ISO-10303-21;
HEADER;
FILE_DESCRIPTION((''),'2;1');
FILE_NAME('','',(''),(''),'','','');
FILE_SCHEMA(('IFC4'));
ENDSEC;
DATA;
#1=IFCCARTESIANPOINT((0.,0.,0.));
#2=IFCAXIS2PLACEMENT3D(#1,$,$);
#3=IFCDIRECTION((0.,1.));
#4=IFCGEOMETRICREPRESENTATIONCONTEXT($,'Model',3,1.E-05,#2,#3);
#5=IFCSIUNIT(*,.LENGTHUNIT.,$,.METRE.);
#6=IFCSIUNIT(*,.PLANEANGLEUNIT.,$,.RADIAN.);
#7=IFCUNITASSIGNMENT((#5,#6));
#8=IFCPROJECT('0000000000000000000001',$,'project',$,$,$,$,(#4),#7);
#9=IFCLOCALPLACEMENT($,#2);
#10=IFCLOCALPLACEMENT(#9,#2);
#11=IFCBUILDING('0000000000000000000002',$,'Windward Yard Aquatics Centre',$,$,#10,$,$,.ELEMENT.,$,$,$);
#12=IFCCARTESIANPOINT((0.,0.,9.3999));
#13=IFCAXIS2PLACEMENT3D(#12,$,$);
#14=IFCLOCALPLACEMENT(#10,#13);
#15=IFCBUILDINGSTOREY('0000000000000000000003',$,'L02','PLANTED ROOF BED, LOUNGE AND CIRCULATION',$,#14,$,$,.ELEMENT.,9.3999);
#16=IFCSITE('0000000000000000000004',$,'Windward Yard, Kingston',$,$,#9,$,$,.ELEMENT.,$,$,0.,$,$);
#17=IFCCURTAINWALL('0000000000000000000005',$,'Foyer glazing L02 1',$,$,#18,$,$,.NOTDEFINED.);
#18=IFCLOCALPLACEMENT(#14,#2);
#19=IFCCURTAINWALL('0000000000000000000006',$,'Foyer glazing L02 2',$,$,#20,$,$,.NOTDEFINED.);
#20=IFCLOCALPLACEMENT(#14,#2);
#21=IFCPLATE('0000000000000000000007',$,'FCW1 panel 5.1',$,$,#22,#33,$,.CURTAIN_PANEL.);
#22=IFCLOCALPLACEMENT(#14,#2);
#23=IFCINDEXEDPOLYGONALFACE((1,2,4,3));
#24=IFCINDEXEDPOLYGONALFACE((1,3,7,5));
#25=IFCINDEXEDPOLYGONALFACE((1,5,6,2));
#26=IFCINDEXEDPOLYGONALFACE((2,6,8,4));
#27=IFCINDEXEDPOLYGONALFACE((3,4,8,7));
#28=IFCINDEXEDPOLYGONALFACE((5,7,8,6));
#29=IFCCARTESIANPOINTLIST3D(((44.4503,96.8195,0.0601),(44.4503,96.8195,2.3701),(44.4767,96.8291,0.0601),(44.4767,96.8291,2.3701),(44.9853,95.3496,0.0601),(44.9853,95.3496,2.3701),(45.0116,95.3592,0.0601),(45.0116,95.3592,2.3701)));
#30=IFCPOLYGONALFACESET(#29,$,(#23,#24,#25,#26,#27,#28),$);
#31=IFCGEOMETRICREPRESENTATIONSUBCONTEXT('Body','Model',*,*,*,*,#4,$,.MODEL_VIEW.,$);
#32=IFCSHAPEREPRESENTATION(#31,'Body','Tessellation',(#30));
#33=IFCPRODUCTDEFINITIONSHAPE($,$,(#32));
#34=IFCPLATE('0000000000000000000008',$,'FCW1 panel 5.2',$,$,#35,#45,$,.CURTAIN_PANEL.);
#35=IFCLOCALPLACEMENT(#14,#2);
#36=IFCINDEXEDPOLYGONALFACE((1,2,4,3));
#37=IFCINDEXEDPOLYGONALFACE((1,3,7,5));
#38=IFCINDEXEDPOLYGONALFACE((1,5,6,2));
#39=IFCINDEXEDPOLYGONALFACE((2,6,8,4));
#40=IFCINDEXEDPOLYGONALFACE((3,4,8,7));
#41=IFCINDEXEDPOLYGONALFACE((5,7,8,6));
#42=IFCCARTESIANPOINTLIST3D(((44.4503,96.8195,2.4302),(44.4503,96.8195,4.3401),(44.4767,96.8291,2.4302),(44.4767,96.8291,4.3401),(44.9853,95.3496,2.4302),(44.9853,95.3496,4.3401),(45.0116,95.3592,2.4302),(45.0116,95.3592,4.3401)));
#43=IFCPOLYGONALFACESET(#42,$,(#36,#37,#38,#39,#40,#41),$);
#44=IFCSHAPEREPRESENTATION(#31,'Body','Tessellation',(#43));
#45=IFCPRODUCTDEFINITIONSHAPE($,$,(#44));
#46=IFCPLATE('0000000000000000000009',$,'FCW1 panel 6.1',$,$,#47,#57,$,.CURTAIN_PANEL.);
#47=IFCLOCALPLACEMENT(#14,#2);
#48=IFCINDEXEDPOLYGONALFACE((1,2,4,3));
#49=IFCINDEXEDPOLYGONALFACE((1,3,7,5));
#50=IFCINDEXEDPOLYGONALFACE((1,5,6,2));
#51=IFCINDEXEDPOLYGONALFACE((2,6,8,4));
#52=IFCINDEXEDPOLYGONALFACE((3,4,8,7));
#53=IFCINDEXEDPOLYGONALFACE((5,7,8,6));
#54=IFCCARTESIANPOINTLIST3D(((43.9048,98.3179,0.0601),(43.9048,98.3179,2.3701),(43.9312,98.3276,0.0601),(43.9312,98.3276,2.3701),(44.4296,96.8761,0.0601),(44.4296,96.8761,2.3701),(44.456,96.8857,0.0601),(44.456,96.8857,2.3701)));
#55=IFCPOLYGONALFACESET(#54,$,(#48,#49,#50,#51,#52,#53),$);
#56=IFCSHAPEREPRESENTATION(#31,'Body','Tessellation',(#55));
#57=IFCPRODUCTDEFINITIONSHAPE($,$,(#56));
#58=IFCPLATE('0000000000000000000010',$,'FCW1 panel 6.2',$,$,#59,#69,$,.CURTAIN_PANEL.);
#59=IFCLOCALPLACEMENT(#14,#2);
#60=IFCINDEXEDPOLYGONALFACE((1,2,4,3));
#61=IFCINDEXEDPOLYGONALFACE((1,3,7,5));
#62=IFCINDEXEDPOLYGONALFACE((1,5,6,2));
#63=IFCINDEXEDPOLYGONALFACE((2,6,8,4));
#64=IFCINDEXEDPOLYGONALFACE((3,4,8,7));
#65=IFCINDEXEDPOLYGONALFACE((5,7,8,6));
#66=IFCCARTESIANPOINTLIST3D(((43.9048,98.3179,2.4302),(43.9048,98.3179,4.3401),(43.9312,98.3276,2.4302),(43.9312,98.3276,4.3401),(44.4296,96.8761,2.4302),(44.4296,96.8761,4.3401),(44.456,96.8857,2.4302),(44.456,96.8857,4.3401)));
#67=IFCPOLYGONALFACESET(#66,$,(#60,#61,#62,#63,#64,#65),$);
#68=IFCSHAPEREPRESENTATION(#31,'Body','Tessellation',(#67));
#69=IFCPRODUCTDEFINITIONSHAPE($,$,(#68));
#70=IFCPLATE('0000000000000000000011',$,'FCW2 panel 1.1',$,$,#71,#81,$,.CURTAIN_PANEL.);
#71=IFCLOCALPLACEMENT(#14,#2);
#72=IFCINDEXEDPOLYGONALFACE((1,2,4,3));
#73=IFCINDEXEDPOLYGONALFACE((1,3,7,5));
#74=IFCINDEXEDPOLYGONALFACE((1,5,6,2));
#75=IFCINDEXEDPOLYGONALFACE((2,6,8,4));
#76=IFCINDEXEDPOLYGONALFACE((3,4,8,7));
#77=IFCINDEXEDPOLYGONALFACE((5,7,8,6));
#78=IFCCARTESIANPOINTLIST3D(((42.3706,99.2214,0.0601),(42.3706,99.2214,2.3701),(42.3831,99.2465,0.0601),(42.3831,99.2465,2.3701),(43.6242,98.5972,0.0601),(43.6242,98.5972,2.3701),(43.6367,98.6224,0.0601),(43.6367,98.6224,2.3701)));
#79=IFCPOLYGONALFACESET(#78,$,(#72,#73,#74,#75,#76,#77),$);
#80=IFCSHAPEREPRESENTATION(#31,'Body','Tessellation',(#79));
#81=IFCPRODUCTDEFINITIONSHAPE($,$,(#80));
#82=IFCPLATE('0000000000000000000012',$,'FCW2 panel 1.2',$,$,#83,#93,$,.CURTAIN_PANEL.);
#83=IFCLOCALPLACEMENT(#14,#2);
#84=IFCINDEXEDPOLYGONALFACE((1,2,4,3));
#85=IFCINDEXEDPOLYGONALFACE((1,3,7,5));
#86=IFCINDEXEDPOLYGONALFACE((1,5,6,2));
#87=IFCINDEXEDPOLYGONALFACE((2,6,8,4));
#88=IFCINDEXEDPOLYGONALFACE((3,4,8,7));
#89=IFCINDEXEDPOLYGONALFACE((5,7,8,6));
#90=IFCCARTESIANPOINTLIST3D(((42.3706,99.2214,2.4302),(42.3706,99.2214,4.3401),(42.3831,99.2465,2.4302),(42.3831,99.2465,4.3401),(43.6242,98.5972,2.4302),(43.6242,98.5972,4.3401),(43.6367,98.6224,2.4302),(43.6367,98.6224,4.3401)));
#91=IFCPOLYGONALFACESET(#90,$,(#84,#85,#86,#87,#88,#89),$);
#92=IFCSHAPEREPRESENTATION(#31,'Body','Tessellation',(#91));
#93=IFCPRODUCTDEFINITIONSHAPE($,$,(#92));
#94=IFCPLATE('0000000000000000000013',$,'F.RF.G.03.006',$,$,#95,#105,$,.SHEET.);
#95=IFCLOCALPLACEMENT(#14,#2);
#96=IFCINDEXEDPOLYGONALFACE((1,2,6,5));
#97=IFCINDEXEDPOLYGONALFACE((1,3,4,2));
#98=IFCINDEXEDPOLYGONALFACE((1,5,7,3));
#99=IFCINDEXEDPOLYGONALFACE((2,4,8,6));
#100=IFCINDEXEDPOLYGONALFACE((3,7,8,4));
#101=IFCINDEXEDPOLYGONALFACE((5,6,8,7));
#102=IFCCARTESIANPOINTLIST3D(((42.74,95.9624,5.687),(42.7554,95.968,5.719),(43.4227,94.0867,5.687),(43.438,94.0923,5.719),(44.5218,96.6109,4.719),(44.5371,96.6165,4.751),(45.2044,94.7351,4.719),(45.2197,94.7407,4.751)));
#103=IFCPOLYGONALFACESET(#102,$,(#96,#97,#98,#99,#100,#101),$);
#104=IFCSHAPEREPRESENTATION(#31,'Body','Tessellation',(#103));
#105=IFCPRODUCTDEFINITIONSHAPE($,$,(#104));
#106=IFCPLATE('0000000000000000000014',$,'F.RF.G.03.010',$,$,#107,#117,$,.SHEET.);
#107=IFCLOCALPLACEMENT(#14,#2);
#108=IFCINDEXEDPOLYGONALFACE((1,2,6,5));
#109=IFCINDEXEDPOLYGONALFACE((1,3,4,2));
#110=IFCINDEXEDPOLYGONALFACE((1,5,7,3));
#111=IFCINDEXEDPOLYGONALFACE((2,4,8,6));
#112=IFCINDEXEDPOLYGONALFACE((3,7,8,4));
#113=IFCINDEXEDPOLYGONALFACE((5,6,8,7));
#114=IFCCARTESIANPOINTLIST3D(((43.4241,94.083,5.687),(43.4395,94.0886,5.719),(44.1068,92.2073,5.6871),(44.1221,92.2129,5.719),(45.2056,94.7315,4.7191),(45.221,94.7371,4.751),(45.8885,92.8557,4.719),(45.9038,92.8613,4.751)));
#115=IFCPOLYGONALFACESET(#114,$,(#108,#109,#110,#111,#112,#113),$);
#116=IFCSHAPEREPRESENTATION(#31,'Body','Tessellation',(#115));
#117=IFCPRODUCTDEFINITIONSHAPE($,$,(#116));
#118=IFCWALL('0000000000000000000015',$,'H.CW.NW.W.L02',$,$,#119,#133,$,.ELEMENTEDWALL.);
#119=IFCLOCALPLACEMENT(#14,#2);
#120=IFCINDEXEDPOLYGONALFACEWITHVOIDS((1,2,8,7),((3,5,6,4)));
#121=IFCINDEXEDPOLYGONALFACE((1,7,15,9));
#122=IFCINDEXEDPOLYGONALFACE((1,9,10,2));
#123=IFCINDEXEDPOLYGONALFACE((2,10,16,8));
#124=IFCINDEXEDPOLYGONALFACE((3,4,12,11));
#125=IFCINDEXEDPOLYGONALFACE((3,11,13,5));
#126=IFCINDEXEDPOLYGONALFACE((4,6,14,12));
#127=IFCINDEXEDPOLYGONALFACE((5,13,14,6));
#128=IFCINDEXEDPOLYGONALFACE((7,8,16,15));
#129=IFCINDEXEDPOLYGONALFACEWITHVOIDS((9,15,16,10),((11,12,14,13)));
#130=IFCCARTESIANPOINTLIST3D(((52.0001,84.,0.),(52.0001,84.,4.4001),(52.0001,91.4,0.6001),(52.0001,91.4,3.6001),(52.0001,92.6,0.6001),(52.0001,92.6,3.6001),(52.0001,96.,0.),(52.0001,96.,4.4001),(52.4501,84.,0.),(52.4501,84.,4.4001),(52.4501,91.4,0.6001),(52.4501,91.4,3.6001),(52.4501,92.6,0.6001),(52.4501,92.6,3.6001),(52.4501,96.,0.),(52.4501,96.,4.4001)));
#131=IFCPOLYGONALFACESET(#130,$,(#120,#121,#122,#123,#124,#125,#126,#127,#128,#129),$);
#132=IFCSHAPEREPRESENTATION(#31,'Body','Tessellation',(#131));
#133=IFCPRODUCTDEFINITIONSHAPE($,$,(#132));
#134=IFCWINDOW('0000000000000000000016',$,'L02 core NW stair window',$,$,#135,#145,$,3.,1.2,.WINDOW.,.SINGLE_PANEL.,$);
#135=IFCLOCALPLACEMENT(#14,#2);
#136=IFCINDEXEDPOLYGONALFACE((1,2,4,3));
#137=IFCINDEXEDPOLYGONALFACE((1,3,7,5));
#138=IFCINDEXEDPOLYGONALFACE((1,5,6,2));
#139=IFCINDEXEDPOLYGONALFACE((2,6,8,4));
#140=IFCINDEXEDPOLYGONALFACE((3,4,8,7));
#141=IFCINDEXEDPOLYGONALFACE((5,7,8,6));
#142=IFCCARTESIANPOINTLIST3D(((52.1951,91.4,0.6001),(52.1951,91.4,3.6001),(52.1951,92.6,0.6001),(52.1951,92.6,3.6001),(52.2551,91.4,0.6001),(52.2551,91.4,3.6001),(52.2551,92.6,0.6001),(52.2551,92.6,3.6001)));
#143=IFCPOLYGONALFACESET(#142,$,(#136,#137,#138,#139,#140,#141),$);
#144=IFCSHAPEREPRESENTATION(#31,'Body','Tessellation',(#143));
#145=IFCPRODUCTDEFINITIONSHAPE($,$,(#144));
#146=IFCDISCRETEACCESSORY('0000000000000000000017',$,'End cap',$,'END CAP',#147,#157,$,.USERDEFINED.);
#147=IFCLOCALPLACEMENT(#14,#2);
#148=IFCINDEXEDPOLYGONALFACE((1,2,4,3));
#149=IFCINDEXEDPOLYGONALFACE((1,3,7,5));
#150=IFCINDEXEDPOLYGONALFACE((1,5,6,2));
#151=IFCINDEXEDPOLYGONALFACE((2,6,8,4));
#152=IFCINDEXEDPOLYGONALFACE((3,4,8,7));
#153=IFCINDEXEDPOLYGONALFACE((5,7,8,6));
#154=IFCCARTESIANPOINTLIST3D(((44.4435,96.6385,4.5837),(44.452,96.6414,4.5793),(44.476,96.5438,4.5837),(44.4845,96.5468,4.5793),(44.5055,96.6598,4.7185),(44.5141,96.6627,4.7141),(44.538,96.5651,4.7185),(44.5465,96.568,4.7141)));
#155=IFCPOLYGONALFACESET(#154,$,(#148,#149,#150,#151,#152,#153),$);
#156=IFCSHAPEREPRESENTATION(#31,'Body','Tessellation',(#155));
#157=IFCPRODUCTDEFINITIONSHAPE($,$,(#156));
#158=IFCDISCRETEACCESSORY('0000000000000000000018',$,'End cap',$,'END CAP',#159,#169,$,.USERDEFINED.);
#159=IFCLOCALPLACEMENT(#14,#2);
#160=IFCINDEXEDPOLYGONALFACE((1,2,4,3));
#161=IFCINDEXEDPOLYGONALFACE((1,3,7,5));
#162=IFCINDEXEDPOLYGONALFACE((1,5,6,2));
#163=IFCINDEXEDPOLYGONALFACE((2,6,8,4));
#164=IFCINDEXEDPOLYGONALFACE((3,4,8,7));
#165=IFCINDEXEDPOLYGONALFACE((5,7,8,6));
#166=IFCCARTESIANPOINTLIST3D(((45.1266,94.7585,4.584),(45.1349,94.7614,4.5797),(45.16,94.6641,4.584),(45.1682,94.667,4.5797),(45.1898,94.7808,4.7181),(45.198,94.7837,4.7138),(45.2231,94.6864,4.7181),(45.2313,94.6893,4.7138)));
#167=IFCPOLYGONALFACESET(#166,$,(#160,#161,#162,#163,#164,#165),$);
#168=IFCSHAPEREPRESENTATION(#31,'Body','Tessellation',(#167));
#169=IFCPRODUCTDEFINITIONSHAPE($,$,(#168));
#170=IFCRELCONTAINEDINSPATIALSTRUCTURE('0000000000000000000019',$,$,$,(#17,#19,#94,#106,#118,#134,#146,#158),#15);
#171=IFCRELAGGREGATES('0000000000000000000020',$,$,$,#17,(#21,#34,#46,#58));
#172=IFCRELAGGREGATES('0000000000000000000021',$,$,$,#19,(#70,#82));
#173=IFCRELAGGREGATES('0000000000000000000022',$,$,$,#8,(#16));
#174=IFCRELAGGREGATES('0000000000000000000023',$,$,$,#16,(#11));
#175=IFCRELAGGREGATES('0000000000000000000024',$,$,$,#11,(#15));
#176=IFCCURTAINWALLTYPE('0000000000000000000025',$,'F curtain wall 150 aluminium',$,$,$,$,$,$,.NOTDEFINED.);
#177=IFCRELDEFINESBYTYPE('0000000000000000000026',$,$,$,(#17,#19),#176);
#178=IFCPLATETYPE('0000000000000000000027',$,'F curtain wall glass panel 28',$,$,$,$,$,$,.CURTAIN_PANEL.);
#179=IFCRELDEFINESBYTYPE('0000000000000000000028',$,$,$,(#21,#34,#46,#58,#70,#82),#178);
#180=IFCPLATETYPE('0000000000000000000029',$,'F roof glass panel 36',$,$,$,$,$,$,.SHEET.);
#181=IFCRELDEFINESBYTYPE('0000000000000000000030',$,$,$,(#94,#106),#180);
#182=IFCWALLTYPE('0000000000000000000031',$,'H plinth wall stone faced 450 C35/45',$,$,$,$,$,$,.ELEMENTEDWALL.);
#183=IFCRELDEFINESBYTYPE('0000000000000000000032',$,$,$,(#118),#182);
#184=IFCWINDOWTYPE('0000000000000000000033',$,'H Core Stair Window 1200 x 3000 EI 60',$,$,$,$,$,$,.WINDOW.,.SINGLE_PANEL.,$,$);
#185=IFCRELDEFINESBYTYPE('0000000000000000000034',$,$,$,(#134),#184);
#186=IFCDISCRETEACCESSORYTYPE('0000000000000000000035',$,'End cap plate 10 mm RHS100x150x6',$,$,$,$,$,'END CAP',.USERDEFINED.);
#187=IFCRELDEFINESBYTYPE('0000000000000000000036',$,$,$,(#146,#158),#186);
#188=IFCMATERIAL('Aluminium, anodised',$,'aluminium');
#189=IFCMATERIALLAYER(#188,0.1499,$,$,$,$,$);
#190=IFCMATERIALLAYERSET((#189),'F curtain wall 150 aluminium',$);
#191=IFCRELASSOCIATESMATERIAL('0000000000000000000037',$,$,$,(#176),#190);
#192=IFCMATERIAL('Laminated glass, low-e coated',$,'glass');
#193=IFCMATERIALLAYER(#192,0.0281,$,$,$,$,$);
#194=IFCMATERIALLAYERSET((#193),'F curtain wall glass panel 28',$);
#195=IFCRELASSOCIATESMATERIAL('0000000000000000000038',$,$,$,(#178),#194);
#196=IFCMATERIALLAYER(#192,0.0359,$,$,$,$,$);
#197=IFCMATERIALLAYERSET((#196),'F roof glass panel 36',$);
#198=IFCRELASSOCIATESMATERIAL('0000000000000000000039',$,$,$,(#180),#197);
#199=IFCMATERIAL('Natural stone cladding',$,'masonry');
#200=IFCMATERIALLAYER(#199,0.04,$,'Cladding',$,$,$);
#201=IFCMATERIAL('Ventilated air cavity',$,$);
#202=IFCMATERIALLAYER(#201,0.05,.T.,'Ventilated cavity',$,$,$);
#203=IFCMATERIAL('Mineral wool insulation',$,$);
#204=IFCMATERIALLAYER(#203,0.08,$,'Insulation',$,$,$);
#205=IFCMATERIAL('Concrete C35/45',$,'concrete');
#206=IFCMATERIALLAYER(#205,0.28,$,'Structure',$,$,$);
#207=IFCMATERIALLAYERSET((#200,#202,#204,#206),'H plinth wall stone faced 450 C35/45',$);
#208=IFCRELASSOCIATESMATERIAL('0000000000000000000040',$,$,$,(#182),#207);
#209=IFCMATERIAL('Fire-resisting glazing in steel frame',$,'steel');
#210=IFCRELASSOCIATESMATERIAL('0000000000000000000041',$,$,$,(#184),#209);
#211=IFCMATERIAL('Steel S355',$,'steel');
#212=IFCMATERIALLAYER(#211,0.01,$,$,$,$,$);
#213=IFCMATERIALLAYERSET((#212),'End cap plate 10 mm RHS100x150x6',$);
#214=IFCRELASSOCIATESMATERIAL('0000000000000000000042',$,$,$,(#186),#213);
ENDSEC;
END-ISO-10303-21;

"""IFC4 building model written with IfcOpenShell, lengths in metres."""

from ifc_helpers import new_model, si_unit, direction, frame, frame_2d, origin, origin_2d, place, context, subcontext, project, spatial, polyline, rectangle, outline, extrude, material, layer, layer_set, type_object, element, fill, aggregate, save


model = new_model("IFC4")

# Units and contexts
model_context = context("Model", 3, precision=1e-05, world=origin(), true_north=direction((0.0, 1.0)))
body_context = subcontext(model_context, "Body", "Model", "MODEL_VIEW")
ifc_project = project(units=[si_unit("LENGTHUNIT", "METRE"), si_unit("PLANEANGLEUNIT", "RADIAN")], contexts=[model_context])

# Site, building, storey
site_placement = place(None, origin())
site = spatial("IfcSite", under=ifc_project, at=site_placement, Name="Windward Yard, Kingston", CompositionType="ELEMENT", RefElevation=0.0)
building_placement = place(site_placement, origin())
building = spatial("IfcBuilding", under=site, at=building_placement, Name="Windward Yard Aquatics Centre", CompositionType="ELEMENT")
storey_placement = place(building_placement, frame((0.0, 0.0, 9.3999)))
storey = spatial("IfcBuildingStorey", under=building, at=storey_placement, Name="L02", Description="PLANTED ROOF BED, LOUNGE AND CIRCULATION", CompositionType="ELEMENT", Elevation=9.3999)

# Shared definitions
ifc_material_1 = material(Name="Steel S355", Category="steel")

# Curtain walls
ifc_material_2 = material(Name="Aluminium, anodised", Category="aluminium")
ifc_layer_1 = layer(ifc_material_2, 0.1499)
ifc_layer_set_1 = layer_set([ifc_layer_1], Name="F curtain wall 150 aluminium")
curtain_wall_type = type_object("IfcCurtainWallType", Name="F curtain wall 150 aluminium", PredefinedType="NOTDEFINED", material=ifc_layer_set_1)
curtain_wall_1_placement = place(storey_placement, origin())
curtain_wall_1 = element("IfcCurtainWall", 1, at=curtain_wall_1_placement, inside=storey, type_object=curtain_wall_type, Name="Foyer glazing L02 1", PredefinedType="NOTDEFINED")
curtain_wall_2_placement = place(storey_placement, origin())
curtain_wall_2 = element("IfcCurtainWall", 2, at=curtain_wall_2_placement, inside=storey, type_object=curtain_wall_type, Name="Foyer glazing L02 2", PredefinedType="NOTDEFINED")

# Plates
ifc_material_3 = material(Name="Laminated glass, low-e coated", Category="glass")
ifc_layer_2 = layer(ifc_material_3, 0.0281)
ifc_layer_set_2 = layer_set([ifc_layer_2], Name="F curtain wall glass panel 28")
plate_type_1 = type_object("IfcPlateType", Name="F curtain wall glass panel 28", PredefinedType="CURTAIN_PANEL", material=ifc_layer_set_2)
plate_1_placement = place(storey_placement, frame((44.731, 96.0894, 0.0601), z_axis=(0.0, 0.0, 1.0), x_axis=(-0.342019, 0.939693, 0.0)))
plate_1 = element("IfcPlate", 3, at=plate_1_placement, type_object=plate_type_1, Name="FCW1 panel 5.1", PredefinedType="CURTAIN_PANEL", context=body_context, shape_type="SweptSolid", body=[
    extrude(rectangle(XDim=1.5642, YDim=0.0281, at=origin_2d()), origin(), (0.0, 0.0, 1.0), 2.3101),
])
plate_2_placement = place(storey_placement, frame((44.731, 96.0894, 2.4302), z_axis=(0.0, 0.0, 1.0), x_axis=(-0.342019, 0.939693, 0.0)))
plate_2 = element("IfcPlate", 4, at=plate_2_placement, type_object=plate_type_1, Name="FCW1 panel 5.2", PredefinedType="CURTAIN_PANEL", context=body_context, shape_type="SweptSolid", body=[
    extrude(rectangle(XDim=1.5642, YDim=0.0281, at=origin_2d()), origin(), (0.0, 0.0, 1.0), 1.9099),
])
plate_3_placement = place(storey_placement, frame((44.1804, 97.6018, 0.0601), z_axis=(0.0, 0.0, 1.0), x_axis=(-0.342019, 0.939693, 0.0)))
plate_3 = element("IfcPlate", 5, at=plate_3_placement, type_object=plate_type_1, Name="FCW1 panel 6.1", PredefinedType="CURTAIN_PANEL", context=body_context, shape_type="SweptSolid", body=[
    extrude(rectangle(XDim=1.5344, YDim=0.0281, at=origin_2d()), origin(), (0.0, 0.0, 1.0), 2.3101),
])
plate_4_placement = place(storey_placement, frame((44.1804, 97.6018, 2.4302), z_axis=(0.0, 0.0, 1.0), x_axis=(-0.342019, 0.939693, 0.0)))
plate_4 = element("IfcPlate", 6, at=plate_4_placement, type_object=plate_type_1, Name="FCW1 panel 6.2", PredefinedType="CURTAIN_PANEL", context=body_context, shape_type="SweptSolid", body=[
    extrude(rectangle(XDim=1.5344, YDim=0.0281, at=origin_2d()), origin(), (0.0, 0.0, 1.0), 1.9099),
])
aggregate(curtain_wall_1, [plate_1, plate_2, plate_3, plate_4])
plate_5_placement = place(storey_placement, frame((43.0037, 98.9219, 0.0601), z_axis=(0.0, 0.0, 1.0), x_axis=(-0.895179, 0.445707, 0.0)))
plate_5 = element("IfcPlate", 7, at=plate_5_placement, type_object=plate_type_1, Name="FCW2 panel 1.1", PredefinedType="CURTAIN_PANEL", context=body_context, shape_type="SweptSolid", body=[
    extrude(rectangle(XDim=1.4004, YDim=0.0281, at=origin_2d()), origin(), (0.0, 0.0, 1.0), 2.3101),
])
plate_6_placement = place(storey_placement, frame((43.0037, 98.9219, 2.4302), z_axis=(0.0, 0.0, 1.0), x_axis=(-0.895179, 0.445707, 0.0)))
plate_6 = element("IfcPlate", 8, at=plate_6_placement, type_object=plate_type_1, Name="FCW2 panel 1.2", PredefinedType="CURTAIN_PANEL", context=body_context, shape_type="SweptSolid", body=[
    extrude(rectangle(XDim=1.4004, YDim=0.0281, at=origin_2d()), origin(), (0.0, 0.0, 1.0), 1.9099),
])
aggregate(curtain_wall_2, [plate_5, plate_6])

# Plates
ifc_layer_3 = layer(ifc_material_3, 0.0359)
ifc_layer_set_3 = layer_set([ifc_layer_3], Name="F roof glass panel 36")
plate_type_2 = type_object("IfcPlateType", Name="F roof glass panel 36", PredefinedType="SHEET", material=ifc_layer_set_3)
plate_7_placement = place(storey_placement, frame((42.7554, 95.968, 5.719), z_axis=(0.427293, 0.1555, 0.890641), x_axis=(0.836938, 0.304591, -0.454708)))
element("IfcPlate", 9, at=plate_7_placement, inside=storey, type_object=plate_type_2, Name="F.RF.G.03.006", PredefinedType="SHEET", context=body_context, shape_type="SweptSolid", body=[
    extrude(outline(polyline([(0.0, 0.0), (2.1289, 0.0), (2.1289, -1.9961), (0.0, -1.9961), (0.0, 0.0)])), origin(), (0.0, 0.0, -1.0), 0.0359),
])
plate_8_placement = place(storey_placement, frame((43.4395, 94.0886, 5.719), z_axis=(0.427304, 0.155532, 0.890629), x_axis=(0.836914, 0.304624, -0.45473)))
element("IfcPlate", 10, at=plate_8_placement, inside=storey, type_object=plate_type_2, Name="F.RF.G.03.010", PredefinedType="SHEET", context=body_context, shape_type="SweptSolid", body=[
    extrude(outline(polyline([(0.0, 0.0), (2.1287, 0.0), (2.1288, -1.9962), (-0.0001, -1.9961), (0.0, 0.0)])), origin(), (0.0, 0.0, -1.0), 0.0359),
])

# Wall, opening, window
ifc_material_4 = material(Name="Natural stone cladding", Category="masonry")
ifc_layer_4 = layer(ifc_material_4, 0.04, Name="Cladding")
ifc_material_5 = material(Name="Ventilated air cavity")
ifc_layer_5 = layer(ifc_material_5, 0.05, ventilated=True, Name="Ventilated cavity")
ifc_material_6 = material(Name="Mineral wool insulation")
ifc_layer_6 = layer(ifc_material_6, 0.08, Name="Insulation")
ifc_material_7 = material(Name="Concrete C35/45", Category="concrete")
ifc_layer_7 = layer(ifc_material_7, 0.28, Name="Structure")
ifc_layer_set_4 = layer_set([ifc_layer_4, ifc_layer_5, ifc_layer_6, ifc_layer_7], Name="H plinth wall stone faced 450 C35/45")
wall_type = type_object("IfcWallType", Name="H plinth wall stone faced 450 C35/45", PredefinedType="ELEMENTEDWALL", material=ifc_layer_set_4)
wall_placement = place(storey_placement, frame((52.2251, 96.0, 0.0), z_axis=(0.0, 0.0, 1.0), x_axis=(0.0, -1.0, 0.0)))
wall = element("IfcWall", 11, at=wall_placement, inside=storey, type_object=wall_type, Name="H.CW.NW.W.L02", PredefinedType="ELEMENTEDWALL", context=body_context, shape_type="SweptSolid", body=[
    extrude(rectangle(XDim=12.0, YDim=0.45, at=frame_2d((6.0, 0.0))), origin(), (0.0, 0.0, 1.0), 4.4001),
])
opening_placement = place(wall_placement, frame((3.3999, 0.0, 0.6001)))
opening = element("IfcOpeningElement", 12, at=opening_placement, cuts=wall, PredefinedType="OPENING", context=body_context, shape_type="SweptSolid", body=[
    extrude(rectangle(XDim=1.2, YDim=3.0, at=frame_2d((0.6001, 1.5))), frame((0.0, 0.2349, 0.0), z_axis=(0.0, -1.0, 0.0), x_axis=(1.0, 0.0, 0.0)), (0.0, 0.0, 1.0), 0.47),
])
ifc_material_8 = material(Name="Fire-resisting glazing in steel frame", Category="steel")
window_type = type_object("IfcWindowType", Name="H Core Stair Window 1200 x 3000 EI 60", PartitioningType="SINGLE_PANEL", PredefinedType="WINDOW", material=ifc_material_8)
window_placement = place(opening_placement, origin())
window = element("IfcWindow", 13, at=window_placement, inside=storey, type_object=window_type, Name="L02 core NW stair window", OverallHeight=3.0, OverallWidth=1.2, PartitioningType="SINGLE_PANEL", PredefinedType="WINDOW", context=body_context, shape_type="SweptSolid", body=[
    extrude(rectangle(XDim=1.2, YDim=3.0, at=frame_2d((0.6001, 1.5))), frame((0.0, 0.03, 0.0), z_axis=(0.0, -1.0, 0.0), x_axis=(1.0, 0.0, 0.0)), (0.0, 0.0, 1.0), 0.0601),
])
fill(opening, window)

# Discrete accessories
ifc_layer_8 = layer(ifc_material_1, 0.01)
ifc_layer_set_5 = layer_set([ifc_layer_8], Name="End cap plate 10 mm RHS100x150x6")
discrete_accessory_type_1 = type_object("IfcDiscreteAccessoryType", Name="End cap plate 10 mm RHS100x150x6", ElementType="END CAP", PredefinedType="USERDEFINED", material=ifc_layer_set_5)
discrete_accessory_1_placement = place(storey_placement, frame((44.4993, 96.6047, 4.6467), z_axis=(-0.850628, -0.291644, 0.437466), x_axis=(0.324324, -0.945946, 0.0)))
element("IfcDiscreteAccessory", 14, at=discrete_accessory_1_placement, inside=storey, type_object=discrete_accessory_type_1, Name="End cap", ObjectType="END CAP", PredefinedType="USERDEFINED", context=body_context, shape_type="SweptSolid", body=[
    extrude(rectangle(XDim=0.1001, YDim=0.1499, at=origin_2d()), origin(), (0.0, 0.0, 1.0), 0.01),
])
discrete_accessory_2_placement = place(storey_placement, frame((45.1831, 94.7253, 4.6467), z_axis=(-0.843696, -0.297775, 0.446663), x_axis=(0.33282, -0.94299, 0.0)))
element("IfcDiscreteAccessory", 15, at=discrete_accessory_2_placement, inside=storey, type_object=discrete_accessory_type_1, Name="End cap", ObjectType="END CAP", PredefinedType="USERDEFINED", context=body_context, shape_type="SweptSolid", body=[
    extrude(rectangle(XDim=0.1001, YDim=0.1499, at=origin_2d()), origin(), (0.0, 0.0, 1.0), 0.0098),
])

save(model, "model.ifc")
